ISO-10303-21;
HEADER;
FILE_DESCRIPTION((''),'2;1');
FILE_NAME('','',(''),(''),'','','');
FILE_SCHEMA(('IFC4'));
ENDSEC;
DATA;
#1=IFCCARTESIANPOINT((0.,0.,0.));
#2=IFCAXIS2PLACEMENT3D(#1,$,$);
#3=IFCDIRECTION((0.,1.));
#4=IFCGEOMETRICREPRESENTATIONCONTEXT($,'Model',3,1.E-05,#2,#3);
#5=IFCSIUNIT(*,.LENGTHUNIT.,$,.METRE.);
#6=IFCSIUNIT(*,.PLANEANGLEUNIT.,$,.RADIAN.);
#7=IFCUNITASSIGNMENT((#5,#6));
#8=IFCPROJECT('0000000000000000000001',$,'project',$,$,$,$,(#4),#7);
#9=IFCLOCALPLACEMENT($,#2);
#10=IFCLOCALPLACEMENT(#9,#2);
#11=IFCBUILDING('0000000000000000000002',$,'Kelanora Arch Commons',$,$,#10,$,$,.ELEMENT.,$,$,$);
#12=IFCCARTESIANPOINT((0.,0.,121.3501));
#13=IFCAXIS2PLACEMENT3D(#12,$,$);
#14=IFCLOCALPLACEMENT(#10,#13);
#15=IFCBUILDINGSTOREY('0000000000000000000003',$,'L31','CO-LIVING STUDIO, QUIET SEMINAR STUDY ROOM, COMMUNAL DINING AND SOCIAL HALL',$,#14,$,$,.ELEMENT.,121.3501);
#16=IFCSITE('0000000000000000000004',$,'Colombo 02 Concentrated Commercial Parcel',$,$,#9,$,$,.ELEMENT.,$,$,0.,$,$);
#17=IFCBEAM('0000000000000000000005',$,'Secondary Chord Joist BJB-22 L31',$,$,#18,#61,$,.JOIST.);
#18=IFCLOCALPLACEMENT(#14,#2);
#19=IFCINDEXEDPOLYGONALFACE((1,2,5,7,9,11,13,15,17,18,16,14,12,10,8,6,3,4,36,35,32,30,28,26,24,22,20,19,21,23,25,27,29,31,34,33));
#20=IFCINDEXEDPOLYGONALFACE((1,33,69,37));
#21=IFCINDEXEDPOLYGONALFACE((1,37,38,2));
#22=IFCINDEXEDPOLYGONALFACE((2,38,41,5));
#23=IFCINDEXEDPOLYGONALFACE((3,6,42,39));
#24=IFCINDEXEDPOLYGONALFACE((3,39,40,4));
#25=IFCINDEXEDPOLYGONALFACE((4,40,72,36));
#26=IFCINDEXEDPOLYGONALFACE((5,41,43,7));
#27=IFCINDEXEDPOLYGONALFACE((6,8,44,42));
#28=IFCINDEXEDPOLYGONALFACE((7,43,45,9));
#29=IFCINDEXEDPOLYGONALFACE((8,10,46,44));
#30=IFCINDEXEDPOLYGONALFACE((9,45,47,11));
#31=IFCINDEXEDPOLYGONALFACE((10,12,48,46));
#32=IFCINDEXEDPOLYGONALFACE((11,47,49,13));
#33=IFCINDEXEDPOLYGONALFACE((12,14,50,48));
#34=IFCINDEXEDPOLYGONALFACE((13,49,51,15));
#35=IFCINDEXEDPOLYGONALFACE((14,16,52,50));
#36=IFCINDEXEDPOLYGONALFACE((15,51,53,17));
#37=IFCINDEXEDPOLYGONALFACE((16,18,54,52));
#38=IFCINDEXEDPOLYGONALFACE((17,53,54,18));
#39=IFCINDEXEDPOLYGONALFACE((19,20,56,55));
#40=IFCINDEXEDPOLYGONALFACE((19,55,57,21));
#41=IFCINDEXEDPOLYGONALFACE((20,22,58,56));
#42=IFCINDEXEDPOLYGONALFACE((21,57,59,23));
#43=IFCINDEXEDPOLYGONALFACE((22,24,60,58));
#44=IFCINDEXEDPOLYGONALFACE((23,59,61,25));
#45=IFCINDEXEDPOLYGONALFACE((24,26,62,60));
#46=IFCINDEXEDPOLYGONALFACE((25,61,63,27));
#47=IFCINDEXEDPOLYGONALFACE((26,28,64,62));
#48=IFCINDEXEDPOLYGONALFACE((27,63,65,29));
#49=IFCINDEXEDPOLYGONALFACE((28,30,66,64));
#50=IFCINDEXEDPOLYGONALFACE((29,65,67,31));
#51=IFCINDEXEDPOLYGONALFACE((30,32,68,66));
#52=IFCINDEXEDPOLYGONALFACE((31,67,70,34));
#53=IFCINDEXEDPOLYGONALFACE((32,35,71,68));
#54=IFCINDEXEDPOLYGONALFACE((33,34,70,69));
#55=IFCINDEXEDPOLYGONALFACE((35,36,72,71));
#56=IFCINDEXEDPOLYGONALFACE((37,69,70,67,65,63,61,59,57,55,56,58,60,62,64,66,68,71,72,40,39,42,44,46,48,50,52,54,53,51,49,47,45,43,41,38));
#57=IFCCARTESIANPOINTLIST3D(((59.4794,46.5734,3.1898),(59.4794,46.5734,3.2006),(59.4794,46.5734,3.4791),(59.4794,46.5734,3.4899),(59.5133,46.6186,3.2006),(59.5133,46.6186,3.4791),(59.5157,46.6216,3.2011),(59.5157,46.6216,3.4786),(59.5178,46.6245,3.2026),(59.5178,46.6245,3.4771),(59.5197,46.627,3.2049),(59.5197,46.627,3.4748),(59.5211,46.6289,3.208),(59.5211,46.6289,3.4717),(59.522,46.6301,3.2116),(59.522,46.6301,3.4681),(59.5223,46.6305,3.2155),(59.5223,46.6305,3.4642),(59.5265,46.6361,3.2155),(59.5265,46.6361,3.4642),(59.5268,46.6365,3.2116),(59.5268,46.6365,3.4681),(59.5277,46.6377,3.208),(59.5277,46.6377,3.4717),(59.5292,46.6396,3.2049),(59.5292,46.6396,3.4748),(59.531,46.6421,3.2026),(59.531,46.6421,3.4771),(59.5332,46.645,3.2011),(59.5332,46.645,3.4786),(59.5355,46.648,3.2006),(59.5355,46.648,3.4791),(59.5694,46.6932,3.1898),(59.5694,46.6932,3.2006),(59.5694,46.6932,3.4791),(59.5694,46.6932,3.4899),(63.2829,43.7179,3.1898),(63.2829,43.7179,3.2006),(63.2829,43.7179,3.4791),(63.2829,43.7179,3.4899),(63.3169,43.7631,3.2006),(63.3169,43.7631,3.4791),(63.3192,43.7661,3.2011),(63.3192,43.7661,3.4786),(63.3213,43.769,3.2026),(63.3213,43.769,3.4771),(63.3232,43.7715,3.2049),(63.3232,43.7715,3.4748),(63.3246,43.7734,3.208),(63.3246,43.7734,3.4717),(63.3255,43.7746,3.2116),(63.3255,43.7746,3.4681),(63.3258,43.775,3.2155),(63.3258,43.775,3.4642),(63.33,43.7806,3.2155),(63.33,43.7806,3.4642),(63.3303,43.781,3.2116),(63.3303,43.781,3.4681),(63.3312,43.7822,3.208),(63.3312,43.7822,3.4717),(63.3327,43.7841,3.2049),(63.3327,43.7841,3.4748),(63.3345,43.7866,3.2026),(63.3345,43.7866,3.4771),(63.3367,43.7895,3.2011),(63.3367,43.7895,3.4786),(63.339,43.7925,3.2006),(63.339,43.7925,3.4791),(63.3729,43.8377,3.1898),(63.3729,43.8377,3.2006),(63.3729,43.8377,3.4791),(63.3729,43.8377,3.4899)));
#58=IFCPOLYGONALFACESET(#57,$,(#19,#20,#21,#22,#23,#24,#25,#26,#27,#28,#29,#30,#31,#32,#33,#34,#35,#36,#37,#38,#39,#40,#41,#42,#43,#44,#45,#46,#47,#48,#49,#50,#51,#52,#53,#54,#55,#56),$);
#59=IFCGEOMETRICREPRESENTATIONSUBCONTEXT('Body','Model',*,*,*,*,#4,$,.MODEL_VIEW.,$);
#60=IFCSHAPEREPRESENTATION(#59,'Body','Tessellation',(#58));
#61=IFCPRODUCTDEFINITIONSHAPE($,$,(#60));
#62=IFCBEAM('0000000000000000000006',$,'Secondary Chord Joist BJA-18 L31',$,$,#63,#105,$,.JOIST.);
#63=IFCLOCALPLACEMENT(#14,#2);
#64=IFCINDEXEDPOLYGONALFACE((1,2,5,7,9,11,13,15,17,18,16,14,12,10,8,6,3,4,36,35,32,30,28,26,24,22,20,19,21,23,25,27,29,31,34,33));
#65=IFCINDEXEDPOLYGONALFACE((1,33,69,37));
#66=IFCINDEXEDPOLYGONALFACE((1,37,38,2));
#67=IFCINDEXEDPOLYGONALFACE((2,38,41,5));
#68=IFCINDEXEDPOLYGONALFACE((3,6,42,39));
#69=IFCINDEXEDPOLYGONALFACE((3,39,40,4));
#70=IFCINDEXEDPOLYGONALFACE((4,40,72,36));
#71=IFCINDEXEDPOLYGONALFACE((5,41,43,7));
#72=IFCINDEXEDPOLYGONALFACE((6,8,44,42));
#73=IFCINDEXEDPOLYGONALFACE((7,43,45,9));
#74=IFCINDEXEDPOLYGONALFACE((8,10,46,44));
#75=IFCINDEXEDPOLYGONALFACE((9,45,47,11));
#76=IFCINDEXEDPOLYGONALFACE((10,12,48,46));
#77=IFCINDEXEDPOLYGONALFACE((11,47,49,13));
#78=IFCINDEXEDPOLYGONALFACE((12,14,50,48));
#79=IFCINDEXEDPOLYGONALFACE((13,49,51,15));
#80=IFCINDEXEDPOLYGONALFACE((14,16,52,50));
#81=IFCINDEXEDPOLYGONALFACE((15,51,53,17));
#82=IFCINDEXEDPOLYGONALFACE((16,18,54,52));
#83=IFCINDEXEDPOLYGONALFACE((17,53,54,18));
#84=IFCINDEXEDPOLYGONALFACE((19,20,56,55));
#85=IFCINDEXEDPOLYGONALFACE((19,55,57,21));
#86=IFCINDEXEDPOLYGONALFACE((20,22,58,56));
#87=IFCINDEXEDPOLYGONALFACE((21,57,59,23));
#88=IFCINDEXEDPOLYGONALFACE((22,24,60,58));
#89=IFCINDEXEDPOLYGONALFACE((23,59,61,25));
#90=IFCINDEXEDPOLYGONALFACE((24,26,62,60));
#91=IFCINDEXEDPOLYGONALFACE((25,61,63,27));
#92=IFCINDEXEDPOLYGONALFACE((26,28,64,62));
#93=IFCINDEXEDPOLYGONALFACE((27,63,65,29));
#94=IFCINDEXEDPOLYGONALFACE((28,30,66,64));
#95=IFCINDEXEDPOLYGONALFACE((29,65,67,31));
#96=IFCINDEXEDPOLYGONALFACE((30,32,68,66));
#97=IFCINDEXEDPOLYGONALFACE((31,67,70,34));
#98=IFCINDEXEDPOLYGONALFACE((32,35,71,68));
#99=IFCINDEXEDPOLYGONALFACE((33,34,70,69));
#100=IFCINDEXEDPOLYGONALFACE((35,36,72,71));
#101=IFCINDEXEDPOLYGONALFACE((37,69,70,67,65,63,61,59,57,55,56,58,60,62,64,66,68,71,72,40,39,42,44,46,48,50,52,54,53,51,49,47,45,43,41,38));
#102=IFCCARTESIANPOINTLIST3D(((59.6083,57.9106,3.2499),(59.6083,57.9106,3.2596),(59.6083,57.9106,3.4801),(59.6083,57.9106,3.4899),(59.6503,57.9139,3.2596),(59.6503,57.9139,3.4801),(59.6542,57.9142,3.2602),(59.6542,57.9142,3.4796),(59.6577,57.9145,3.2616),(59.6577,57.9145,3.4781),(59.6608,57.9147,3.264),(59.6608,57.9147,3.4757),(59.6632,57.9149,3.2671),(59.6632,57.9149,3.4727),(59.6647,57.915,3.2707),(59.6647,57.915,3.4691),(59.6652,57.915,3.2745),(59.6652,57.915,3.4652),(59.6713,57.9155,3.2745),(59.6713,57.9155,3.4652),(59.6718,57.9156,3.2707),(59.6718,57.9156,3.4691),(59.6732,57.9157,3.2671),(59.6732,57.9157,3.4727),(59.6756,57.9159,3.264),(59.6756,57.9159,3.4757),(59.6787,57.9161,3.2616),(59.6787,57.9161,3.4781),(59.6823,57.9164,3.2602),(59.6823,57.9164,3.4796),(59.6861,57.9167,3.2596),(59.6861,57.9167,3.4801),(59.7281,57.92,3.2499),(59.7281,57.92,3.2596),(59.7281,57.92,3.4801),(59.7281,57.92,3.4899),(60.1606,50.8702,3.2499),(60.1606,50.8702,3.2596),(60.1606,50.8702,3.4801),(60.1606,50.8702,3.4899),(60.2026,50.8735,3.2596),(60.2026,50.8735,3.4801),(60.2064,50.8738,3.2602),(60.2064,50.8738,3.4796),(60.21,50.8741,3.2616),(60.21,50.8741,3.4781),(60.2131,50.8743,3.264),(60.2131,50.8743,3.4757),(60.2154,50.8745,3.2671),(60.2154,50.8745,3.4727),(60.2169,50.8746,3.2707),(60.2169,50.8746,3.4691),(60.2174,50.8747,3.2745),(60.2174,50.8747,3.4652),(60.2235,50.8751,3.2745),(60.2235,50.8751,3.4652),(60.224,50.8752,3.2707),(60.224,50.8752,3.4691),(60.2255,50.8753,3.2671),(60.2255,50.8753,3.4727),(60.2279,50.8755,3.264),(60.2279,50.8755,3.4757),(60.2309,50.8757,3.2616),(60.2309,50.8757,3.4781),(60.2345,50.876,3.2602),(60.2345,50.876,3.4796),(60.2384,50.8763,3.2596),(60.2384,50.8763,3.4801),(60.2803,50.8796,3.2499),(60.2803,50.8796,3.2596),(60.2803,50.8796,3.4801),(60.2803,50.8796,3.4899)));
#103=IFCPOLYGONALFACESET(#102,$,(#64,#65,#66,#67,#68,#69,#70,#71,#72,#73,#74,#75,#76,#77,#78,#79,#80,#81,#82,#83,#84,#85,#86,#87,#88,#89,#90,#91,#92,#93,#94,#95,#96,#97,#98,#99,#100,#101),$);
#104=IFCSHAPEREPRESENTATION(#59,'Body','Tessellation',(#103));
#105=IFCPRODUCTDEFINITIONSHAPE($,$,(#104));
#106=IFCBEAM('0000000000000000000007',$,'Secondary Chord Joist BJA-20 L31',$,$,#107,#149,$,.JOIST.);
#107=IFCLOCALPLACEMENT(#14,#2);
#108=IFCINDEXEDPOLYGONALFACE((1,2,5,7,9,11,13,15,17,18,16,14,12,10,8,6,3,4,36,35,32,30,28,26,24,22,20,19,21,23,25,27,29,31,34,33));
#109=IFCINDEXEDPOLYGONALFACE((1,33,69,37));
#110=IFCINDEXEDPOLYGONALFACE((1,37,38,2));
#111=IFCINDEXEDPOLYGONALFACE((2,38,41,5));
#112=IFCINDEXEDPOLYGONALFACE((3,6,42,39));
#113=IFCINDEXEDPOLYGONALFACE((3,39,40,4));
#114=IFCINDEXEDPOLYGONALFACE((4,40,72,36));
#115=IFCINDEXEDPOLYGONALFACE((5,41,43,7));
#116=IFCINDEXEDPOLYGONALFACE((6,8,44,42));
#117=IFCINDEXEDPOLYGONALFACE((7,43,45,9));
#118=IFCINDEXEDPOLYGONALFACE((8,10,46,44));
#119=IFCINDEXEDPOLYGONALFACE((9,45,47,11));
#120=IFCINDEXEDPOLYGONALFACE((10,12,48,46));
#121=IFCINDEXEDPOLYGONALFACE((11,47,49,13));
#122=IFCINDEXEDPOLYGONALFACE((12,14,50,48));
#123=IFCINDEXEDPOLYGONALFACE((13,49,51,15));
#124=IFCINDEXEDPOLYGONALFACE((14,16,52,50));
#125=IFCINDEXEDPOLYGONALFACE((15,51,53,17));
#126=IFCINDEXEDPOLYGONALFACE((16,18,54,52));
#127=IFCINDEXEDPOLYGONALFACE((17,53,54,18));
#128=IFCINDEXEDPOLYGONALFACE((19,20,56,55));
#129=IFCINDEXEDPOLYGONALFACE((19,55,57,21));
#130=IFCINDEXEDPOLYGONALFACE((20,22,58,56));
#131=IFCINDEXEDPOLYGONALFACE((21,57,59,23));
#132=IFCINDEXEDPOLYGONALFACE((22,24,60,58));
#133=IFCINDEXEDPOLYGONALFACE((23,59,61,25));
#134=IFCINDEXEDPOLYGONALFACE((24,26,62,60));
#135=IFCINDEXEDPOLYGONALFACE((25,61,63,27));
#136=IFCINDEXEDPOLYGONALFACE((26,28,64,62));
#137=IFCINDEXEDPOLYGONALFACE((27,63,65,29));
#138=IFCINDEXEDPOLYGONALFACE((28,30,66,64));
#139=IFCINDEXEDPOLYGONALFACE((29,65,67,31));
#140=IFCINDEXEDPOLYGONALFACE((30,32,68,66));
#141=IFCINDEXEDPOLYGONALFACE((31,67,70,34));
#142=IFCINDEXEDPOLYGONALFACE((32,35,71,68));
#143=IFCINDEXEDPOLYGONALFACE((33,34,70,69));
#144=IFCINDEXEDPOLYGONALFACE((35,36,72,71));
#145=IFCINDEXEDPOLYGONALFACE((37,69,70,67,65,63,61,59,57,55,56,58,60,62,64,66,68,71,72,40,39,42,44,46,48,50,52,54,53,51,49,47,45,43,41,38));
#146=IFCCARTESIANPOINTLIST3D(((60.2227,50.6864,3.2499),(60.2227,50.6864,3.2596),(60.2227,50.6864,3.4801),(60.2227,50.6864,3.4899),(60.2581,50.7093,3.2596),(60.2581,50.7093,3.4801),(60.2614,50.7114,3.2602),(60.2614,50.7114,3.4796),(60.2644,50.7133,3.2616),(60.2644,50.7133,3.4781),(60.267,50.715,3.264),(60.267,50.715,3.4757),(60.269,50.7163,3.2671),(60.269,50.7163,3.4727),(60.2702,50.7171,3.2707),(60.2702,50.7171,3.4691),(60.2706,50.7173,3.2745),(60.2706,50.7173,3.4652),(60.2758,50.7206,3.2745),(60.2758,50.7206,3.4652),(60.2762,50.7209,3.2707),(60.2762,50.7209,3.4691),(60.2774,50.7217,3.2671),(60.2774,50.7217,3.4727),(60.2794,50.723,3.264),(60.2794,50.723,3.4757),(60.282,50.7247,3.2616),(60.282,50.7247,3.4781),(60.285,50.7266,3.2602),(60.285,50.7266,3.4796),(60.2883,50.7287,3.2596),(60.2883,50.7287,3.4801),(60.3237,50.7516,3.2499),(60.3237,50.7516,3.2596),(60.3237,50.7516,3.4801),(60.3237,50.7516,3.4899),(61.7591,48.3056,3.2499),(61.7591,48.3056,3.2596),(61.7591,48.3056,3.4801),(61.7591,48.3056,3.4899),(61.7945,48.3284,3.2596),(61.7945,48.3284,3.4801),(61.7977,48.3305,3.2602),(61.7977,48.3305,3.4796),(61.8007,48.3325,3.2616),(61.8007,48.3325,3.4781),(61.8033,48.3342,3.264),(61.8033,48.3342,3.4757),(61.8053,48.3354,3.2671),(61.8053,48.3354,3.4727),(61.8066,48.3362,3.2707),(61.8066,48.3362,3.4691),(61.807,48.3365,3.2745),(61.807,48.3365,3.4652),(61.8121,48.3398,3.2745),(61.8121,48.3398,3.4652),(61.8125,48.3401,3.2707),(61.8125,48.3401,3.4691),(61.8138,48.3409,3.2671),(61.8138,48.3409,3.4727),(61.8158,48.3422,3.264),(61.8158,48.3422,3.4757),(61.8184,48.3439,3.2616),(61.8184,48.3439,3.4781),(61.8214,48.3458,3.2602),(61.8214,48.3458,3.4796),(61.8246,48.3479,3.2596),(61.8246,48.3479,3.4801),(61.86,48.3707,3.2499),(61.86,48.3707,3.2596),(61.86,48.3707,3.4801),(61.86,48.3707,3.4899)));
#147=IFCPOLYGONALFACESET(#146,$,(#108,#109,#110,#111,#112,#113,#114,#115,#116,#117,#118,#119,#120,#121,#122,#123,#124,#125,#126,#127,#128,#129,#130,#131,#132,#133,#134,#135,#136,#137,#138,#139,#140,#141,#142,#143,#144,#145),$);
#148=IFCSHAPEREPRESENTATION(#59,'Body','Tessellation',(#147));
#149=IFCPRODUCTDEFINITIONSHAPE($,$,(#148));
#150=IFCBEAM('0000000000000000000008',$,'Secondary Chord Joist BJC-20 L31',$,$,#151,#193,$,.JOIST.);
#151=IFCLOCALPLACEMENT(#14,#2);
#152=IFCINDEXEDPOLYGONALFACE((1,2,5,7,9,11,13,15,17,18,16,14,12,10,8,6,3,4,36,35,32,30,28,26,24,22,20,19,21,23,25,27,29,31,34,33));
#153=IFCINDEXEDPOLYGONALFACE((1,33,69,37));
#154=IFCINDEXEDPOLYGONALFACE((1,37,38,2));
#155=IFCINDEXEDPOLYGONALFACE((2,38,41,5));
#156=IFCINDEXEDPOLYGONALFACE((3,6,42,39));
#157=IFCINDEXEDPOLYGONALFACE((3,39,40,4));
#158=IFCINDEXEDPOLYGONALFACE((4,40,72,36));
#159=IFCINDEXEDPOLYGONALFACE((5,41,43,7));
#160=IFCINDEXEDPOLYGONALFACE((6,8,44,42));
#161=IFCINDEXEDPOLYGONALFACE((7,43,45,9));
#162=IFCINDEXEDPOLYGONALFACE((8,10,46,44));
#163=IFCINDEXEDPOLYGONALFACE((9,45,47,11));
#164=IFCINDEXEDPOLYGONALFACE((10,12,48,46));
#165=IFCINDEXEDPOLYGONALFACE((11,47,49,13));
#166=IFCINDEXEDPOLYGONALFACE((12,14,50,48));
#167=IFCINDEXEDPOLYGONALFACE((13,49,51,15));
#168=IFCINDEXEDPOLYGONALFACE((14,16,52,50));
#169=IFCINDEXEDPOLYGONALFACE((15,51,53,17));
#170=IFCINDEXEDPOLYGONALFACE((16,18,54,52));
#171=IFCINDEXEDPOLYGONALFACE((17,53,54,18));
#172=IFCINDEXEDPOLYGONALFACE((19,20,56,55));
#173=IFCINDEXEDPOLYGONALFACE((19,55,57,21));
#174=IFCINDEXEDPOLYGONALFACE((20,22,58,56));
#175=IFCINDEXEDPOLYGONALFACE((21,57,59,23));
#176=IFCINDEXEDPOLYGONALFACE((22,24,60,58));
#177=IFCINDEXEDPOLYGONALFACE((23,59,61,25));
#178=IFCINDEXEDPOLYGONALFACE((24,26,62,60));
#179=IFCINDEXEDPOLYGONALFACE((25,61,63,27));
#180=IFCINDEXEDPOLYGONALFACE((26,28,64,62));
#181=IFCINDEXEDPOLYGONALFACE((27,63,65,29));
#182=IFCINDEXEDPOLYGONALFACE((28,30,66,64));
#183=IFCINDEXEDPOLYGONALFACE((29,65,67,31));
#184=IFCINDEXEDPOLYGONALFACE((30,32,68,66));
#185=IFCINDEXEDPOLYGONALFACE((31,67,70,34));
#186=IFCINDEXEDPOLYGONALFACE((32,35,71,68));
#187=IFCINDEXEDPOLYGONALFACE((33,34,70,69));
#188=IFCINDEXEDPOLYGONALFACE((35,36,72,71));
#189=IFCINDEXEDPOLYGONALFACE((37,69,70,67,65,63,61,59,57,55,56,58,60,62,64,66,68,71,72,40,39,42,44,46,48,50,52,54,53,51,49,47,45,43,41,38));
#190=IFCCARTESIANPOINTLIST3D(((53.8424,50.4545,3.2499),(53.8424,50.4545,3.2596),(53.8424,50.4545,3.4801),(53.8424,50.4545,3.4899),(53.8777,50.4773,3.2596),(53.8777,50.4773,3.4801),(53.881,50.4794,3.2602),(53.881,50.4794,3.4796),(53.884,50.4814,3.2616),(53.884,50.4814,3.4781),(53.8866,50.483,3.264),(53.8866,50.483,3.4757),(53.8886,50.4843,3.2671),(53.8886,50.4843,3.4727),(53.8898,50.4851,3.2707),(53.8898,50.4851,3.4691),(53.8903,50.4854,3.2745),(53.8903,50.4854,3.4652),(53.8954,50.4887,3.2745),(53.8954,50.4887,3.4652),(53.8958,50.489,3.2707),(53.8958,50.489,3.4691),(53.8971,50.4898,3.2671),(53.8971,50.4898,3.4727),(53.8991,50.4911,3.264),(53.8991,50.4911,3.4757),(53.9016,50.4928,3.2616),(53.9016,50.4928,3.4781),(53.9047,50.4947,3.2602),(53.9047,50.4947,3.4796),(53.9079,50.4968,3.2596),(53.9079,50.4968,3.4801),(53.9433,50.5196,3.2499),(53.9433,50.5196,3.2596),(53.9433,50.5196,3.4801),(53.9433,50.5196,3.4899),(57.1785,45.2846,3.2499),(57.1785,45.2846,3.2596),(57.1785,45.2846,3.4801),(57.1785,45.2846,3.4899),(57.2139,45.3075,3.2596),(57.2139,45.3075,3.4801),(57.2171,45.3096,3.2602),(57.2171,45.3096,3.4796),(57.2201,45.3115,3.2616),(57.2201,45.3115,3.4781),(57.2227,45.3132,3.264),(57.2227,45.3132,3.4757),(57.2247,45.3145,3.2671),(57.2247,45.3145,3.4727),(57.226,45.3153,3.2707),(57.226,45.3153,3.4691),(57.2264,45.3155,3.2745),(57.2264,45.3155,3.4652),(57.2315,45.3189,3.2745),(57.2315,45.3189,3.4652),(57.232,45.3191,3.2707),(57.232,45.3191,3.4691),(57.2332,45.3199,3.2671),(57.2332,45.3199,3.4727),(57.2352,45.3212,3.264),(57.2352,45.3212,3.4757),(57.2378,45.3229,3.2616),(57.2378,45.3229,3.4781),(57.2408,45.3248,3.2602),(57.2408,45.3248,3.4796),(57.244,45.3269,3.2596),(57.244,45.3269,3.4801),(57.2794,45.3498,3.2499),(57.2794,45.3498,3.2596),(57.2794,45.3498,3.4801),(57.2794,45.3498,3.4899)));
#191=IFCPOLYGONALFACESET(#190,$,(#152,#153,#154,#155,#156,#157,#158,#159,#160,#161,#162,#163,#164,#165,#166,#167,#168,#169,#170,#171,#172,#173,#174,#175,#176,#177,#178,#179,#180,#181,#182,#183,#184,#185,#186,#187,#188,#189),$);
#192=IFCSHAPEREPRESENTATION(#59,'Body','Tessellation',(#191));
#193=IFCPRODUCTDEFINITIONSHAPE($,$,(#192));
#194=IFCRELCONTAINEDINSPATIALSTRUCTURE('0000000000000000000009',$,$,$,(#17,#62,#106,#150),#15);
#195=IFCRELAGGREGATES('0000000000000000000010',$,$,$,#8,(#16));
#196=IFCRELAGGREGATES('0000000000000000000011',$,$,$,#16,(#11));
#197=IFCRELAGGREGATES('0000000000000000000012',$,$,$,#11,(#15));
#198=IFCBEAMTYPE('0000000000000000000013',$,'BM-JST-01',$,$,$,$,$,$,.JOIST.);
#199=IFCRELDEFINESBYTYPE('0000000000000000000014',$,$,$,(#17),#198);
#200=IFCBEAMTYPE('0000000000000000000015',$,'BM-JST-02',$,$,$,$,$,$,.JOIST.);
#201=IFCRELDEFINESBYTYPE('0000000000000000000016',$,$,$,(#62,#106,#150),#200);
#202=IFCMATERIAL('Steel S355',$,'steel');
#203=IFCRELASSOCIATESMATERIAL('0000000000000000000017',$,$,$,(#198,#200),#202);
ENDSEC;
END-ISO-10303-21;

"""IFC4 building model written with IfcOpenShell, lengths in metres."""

from ifc_helpers import new_model, si_unit, direction, frame, origin, origin_2d, place, context, subcontext, project, spatial, i_section, extrude, material, material_profile, profile_set, type_object, element, save


model = new_model("IFC4")

# Units and contexts
model_context = context("Model", 3, precision=1e-05, world=origin(), true_north=direction((0.0, 1.0)))
body_context = subcontext(model_context, "Body", "Model", "MODEL_VIEW")
ifc_project = project(units=[si_unit("LENGTHUNIT", "METRE"), si_unit("PLANEANGLEUNIT", "RADIAN")], contexts=[model_context])

# Site, building, storey
site_placement = place(None, origin())
site = spatial("IfcSite", under=ifc_project, at=site_placement, Name="Colombo 02 Concentrated Commercial Parcel", CompositionType="ELEMENT", RefElevation=0.0)
building_placement = place(site_placement, origin())
building = spatial("IfcBuilding", under=site, at=building_placement, Name="Kelanora Arch Commons", CompositionType="ELEMENT")
storey_placement = place(building_placement, frame((0.0, 0.0, 121.3501)))
storey = spatial("IfcBuildingStorey", under=building, at=storey_placement, Name="L31", Description="CO-LIVING STUDIO, QUIET SEMINAR STUDY ROOM, COMMUNAL DINING AND SOCIAL HALL", CompositionType="ELEMENT", Elevation=121.3501)

# Beams
ifc_material_1 = material(Name="Steel S355", Category="steel")
ifc_material_profile_1 = material_profile(ifc_material_1, i_section(OverallWidth=0.1499, OverallDepth=0.3, WebThickness=0.0071, FlangeThickness=0.0107, FilletRadius=0.0149, at=origin_2d()), Name="IPE300")
ifc_profile_set_1 = profile_set([ifc_material_profile_1], Name="Steel S355")
beam_type_1 = type_object("IfcBeamType", Name="BM-JST-01", PredefinedType="JOIST", material=ifc_profile_set_1)
beam_1_placement = place(storey_placement, frame((59.5244, 46.6333, 3.3398), z_axis=(0.79971, -0.600386, 0.0), x_axis=(0.600386, 0.79971, 0.0)))
element("IfcBeam", 1, at=beam_1_placement, inside=storey, type_object=beam_type_1, Name="Secondary Chord Joist BJB-22 L31", PredefinedType="JOIST", context=body_context, shape_type="SweptSolid", body=[
    extrude(i_section(OverallWidth=0.1499, OverallDepth=0.3, WebThickness=0.0071, FlangeThickness=0.0107, FilletRadius=0.0149, at=origin_2d()), origin(), (0.0, 0.0, 1.0), 4.7561),
])
ifc_material_profile_2 = material_profile(ifc_material_1, i_section(OverallWidth=0.1201, OverallDepth=0.24, WebThickness=0.0061, FlangeThickness=0.0098, FilletRadius=0.0149, at=origin_2d()), Name="IPE240")
ifc_profile_set_2 = profile_set([ifc_material_profile_2], Name="Steel S355")
beam_type_2 = type_object("IfcBeamType", Name="BM-JST-02", PredefinedType="JOIST", material=ifc_profile_set_2)
beam_2_placement = place(storey_placement, frame((59.6682, 57.9153, 3.3699), z_axis=(0.078201, -0.996938, 0.0), x_axis=(0.996938, 0.078201, 0.0)))
element("IfcBeam", 2, at=beam_2_placement, inside=storey, type_object=beam_type_2, Name="Secondary Chord Joist BJA-18 L31", PredefinedType="JOIST", context=body_context, shape_type="SweptSolid", body=[
    extrude(i_section(OverallWidth=0.1201, OverallDepth=0.24, WebThickness=0.0061, FlangeThickness=0.0098, FilletRadius=0.0149, at=origin_2d()), origin(), (0.0, 0.0, 1.0), 7.062),
])
beam_3_placement = place(storey_placement, frame((60.2732, 50.719, 3.3699), z_axis=(0.542211, -0.840242, 0.0), x_axis=(0.840242, 0.542211, 0.0)))
element("IfcBeam", 3, at=beam_3_placement, inside=storey, type_object=beam_type_2, Name="Secondary Chord Joist BJA-20 L31", PredefinedType="JOIST", context=body_context, shape_type="SweptSolid", body=[
    extrude(i_section(OverallWidth=0.1201, OverallDepth=0.24, WebThickness=0.0061, FlangeThickness=0.0098, FilletRadius=0.0149, at=origin_2d()), origin(), (0.0, 0.0, 1.0), 2.8335),
])
beam_4_placement = place(storey_placement, frame((53.8928, 50.4871, 3.3699), z_axis=(0.542213, -0.840241, 0.0), x_axis=(0.840241, 0.542213, 0.0)))
element("IfcBeam", 4, at=beam_4_placement, inside=storey, type_object=beam_type_2, Name="Secondary Chord Joist BJC-20 L31", PredefinedType="JOIST", context=body_context, shape_type="SweptSolid", body=[
    extrude(i_section(OverallWidth=0.1201, OverallDepth=0.24, WebThickness=0.0061, FlangeThickness=0.0098, FilletRadius=0.0149, at=origin_2d()), origin(), (0.0, 0.0, 1.0), 6.1528),
])

save(model, "model.ifc")
